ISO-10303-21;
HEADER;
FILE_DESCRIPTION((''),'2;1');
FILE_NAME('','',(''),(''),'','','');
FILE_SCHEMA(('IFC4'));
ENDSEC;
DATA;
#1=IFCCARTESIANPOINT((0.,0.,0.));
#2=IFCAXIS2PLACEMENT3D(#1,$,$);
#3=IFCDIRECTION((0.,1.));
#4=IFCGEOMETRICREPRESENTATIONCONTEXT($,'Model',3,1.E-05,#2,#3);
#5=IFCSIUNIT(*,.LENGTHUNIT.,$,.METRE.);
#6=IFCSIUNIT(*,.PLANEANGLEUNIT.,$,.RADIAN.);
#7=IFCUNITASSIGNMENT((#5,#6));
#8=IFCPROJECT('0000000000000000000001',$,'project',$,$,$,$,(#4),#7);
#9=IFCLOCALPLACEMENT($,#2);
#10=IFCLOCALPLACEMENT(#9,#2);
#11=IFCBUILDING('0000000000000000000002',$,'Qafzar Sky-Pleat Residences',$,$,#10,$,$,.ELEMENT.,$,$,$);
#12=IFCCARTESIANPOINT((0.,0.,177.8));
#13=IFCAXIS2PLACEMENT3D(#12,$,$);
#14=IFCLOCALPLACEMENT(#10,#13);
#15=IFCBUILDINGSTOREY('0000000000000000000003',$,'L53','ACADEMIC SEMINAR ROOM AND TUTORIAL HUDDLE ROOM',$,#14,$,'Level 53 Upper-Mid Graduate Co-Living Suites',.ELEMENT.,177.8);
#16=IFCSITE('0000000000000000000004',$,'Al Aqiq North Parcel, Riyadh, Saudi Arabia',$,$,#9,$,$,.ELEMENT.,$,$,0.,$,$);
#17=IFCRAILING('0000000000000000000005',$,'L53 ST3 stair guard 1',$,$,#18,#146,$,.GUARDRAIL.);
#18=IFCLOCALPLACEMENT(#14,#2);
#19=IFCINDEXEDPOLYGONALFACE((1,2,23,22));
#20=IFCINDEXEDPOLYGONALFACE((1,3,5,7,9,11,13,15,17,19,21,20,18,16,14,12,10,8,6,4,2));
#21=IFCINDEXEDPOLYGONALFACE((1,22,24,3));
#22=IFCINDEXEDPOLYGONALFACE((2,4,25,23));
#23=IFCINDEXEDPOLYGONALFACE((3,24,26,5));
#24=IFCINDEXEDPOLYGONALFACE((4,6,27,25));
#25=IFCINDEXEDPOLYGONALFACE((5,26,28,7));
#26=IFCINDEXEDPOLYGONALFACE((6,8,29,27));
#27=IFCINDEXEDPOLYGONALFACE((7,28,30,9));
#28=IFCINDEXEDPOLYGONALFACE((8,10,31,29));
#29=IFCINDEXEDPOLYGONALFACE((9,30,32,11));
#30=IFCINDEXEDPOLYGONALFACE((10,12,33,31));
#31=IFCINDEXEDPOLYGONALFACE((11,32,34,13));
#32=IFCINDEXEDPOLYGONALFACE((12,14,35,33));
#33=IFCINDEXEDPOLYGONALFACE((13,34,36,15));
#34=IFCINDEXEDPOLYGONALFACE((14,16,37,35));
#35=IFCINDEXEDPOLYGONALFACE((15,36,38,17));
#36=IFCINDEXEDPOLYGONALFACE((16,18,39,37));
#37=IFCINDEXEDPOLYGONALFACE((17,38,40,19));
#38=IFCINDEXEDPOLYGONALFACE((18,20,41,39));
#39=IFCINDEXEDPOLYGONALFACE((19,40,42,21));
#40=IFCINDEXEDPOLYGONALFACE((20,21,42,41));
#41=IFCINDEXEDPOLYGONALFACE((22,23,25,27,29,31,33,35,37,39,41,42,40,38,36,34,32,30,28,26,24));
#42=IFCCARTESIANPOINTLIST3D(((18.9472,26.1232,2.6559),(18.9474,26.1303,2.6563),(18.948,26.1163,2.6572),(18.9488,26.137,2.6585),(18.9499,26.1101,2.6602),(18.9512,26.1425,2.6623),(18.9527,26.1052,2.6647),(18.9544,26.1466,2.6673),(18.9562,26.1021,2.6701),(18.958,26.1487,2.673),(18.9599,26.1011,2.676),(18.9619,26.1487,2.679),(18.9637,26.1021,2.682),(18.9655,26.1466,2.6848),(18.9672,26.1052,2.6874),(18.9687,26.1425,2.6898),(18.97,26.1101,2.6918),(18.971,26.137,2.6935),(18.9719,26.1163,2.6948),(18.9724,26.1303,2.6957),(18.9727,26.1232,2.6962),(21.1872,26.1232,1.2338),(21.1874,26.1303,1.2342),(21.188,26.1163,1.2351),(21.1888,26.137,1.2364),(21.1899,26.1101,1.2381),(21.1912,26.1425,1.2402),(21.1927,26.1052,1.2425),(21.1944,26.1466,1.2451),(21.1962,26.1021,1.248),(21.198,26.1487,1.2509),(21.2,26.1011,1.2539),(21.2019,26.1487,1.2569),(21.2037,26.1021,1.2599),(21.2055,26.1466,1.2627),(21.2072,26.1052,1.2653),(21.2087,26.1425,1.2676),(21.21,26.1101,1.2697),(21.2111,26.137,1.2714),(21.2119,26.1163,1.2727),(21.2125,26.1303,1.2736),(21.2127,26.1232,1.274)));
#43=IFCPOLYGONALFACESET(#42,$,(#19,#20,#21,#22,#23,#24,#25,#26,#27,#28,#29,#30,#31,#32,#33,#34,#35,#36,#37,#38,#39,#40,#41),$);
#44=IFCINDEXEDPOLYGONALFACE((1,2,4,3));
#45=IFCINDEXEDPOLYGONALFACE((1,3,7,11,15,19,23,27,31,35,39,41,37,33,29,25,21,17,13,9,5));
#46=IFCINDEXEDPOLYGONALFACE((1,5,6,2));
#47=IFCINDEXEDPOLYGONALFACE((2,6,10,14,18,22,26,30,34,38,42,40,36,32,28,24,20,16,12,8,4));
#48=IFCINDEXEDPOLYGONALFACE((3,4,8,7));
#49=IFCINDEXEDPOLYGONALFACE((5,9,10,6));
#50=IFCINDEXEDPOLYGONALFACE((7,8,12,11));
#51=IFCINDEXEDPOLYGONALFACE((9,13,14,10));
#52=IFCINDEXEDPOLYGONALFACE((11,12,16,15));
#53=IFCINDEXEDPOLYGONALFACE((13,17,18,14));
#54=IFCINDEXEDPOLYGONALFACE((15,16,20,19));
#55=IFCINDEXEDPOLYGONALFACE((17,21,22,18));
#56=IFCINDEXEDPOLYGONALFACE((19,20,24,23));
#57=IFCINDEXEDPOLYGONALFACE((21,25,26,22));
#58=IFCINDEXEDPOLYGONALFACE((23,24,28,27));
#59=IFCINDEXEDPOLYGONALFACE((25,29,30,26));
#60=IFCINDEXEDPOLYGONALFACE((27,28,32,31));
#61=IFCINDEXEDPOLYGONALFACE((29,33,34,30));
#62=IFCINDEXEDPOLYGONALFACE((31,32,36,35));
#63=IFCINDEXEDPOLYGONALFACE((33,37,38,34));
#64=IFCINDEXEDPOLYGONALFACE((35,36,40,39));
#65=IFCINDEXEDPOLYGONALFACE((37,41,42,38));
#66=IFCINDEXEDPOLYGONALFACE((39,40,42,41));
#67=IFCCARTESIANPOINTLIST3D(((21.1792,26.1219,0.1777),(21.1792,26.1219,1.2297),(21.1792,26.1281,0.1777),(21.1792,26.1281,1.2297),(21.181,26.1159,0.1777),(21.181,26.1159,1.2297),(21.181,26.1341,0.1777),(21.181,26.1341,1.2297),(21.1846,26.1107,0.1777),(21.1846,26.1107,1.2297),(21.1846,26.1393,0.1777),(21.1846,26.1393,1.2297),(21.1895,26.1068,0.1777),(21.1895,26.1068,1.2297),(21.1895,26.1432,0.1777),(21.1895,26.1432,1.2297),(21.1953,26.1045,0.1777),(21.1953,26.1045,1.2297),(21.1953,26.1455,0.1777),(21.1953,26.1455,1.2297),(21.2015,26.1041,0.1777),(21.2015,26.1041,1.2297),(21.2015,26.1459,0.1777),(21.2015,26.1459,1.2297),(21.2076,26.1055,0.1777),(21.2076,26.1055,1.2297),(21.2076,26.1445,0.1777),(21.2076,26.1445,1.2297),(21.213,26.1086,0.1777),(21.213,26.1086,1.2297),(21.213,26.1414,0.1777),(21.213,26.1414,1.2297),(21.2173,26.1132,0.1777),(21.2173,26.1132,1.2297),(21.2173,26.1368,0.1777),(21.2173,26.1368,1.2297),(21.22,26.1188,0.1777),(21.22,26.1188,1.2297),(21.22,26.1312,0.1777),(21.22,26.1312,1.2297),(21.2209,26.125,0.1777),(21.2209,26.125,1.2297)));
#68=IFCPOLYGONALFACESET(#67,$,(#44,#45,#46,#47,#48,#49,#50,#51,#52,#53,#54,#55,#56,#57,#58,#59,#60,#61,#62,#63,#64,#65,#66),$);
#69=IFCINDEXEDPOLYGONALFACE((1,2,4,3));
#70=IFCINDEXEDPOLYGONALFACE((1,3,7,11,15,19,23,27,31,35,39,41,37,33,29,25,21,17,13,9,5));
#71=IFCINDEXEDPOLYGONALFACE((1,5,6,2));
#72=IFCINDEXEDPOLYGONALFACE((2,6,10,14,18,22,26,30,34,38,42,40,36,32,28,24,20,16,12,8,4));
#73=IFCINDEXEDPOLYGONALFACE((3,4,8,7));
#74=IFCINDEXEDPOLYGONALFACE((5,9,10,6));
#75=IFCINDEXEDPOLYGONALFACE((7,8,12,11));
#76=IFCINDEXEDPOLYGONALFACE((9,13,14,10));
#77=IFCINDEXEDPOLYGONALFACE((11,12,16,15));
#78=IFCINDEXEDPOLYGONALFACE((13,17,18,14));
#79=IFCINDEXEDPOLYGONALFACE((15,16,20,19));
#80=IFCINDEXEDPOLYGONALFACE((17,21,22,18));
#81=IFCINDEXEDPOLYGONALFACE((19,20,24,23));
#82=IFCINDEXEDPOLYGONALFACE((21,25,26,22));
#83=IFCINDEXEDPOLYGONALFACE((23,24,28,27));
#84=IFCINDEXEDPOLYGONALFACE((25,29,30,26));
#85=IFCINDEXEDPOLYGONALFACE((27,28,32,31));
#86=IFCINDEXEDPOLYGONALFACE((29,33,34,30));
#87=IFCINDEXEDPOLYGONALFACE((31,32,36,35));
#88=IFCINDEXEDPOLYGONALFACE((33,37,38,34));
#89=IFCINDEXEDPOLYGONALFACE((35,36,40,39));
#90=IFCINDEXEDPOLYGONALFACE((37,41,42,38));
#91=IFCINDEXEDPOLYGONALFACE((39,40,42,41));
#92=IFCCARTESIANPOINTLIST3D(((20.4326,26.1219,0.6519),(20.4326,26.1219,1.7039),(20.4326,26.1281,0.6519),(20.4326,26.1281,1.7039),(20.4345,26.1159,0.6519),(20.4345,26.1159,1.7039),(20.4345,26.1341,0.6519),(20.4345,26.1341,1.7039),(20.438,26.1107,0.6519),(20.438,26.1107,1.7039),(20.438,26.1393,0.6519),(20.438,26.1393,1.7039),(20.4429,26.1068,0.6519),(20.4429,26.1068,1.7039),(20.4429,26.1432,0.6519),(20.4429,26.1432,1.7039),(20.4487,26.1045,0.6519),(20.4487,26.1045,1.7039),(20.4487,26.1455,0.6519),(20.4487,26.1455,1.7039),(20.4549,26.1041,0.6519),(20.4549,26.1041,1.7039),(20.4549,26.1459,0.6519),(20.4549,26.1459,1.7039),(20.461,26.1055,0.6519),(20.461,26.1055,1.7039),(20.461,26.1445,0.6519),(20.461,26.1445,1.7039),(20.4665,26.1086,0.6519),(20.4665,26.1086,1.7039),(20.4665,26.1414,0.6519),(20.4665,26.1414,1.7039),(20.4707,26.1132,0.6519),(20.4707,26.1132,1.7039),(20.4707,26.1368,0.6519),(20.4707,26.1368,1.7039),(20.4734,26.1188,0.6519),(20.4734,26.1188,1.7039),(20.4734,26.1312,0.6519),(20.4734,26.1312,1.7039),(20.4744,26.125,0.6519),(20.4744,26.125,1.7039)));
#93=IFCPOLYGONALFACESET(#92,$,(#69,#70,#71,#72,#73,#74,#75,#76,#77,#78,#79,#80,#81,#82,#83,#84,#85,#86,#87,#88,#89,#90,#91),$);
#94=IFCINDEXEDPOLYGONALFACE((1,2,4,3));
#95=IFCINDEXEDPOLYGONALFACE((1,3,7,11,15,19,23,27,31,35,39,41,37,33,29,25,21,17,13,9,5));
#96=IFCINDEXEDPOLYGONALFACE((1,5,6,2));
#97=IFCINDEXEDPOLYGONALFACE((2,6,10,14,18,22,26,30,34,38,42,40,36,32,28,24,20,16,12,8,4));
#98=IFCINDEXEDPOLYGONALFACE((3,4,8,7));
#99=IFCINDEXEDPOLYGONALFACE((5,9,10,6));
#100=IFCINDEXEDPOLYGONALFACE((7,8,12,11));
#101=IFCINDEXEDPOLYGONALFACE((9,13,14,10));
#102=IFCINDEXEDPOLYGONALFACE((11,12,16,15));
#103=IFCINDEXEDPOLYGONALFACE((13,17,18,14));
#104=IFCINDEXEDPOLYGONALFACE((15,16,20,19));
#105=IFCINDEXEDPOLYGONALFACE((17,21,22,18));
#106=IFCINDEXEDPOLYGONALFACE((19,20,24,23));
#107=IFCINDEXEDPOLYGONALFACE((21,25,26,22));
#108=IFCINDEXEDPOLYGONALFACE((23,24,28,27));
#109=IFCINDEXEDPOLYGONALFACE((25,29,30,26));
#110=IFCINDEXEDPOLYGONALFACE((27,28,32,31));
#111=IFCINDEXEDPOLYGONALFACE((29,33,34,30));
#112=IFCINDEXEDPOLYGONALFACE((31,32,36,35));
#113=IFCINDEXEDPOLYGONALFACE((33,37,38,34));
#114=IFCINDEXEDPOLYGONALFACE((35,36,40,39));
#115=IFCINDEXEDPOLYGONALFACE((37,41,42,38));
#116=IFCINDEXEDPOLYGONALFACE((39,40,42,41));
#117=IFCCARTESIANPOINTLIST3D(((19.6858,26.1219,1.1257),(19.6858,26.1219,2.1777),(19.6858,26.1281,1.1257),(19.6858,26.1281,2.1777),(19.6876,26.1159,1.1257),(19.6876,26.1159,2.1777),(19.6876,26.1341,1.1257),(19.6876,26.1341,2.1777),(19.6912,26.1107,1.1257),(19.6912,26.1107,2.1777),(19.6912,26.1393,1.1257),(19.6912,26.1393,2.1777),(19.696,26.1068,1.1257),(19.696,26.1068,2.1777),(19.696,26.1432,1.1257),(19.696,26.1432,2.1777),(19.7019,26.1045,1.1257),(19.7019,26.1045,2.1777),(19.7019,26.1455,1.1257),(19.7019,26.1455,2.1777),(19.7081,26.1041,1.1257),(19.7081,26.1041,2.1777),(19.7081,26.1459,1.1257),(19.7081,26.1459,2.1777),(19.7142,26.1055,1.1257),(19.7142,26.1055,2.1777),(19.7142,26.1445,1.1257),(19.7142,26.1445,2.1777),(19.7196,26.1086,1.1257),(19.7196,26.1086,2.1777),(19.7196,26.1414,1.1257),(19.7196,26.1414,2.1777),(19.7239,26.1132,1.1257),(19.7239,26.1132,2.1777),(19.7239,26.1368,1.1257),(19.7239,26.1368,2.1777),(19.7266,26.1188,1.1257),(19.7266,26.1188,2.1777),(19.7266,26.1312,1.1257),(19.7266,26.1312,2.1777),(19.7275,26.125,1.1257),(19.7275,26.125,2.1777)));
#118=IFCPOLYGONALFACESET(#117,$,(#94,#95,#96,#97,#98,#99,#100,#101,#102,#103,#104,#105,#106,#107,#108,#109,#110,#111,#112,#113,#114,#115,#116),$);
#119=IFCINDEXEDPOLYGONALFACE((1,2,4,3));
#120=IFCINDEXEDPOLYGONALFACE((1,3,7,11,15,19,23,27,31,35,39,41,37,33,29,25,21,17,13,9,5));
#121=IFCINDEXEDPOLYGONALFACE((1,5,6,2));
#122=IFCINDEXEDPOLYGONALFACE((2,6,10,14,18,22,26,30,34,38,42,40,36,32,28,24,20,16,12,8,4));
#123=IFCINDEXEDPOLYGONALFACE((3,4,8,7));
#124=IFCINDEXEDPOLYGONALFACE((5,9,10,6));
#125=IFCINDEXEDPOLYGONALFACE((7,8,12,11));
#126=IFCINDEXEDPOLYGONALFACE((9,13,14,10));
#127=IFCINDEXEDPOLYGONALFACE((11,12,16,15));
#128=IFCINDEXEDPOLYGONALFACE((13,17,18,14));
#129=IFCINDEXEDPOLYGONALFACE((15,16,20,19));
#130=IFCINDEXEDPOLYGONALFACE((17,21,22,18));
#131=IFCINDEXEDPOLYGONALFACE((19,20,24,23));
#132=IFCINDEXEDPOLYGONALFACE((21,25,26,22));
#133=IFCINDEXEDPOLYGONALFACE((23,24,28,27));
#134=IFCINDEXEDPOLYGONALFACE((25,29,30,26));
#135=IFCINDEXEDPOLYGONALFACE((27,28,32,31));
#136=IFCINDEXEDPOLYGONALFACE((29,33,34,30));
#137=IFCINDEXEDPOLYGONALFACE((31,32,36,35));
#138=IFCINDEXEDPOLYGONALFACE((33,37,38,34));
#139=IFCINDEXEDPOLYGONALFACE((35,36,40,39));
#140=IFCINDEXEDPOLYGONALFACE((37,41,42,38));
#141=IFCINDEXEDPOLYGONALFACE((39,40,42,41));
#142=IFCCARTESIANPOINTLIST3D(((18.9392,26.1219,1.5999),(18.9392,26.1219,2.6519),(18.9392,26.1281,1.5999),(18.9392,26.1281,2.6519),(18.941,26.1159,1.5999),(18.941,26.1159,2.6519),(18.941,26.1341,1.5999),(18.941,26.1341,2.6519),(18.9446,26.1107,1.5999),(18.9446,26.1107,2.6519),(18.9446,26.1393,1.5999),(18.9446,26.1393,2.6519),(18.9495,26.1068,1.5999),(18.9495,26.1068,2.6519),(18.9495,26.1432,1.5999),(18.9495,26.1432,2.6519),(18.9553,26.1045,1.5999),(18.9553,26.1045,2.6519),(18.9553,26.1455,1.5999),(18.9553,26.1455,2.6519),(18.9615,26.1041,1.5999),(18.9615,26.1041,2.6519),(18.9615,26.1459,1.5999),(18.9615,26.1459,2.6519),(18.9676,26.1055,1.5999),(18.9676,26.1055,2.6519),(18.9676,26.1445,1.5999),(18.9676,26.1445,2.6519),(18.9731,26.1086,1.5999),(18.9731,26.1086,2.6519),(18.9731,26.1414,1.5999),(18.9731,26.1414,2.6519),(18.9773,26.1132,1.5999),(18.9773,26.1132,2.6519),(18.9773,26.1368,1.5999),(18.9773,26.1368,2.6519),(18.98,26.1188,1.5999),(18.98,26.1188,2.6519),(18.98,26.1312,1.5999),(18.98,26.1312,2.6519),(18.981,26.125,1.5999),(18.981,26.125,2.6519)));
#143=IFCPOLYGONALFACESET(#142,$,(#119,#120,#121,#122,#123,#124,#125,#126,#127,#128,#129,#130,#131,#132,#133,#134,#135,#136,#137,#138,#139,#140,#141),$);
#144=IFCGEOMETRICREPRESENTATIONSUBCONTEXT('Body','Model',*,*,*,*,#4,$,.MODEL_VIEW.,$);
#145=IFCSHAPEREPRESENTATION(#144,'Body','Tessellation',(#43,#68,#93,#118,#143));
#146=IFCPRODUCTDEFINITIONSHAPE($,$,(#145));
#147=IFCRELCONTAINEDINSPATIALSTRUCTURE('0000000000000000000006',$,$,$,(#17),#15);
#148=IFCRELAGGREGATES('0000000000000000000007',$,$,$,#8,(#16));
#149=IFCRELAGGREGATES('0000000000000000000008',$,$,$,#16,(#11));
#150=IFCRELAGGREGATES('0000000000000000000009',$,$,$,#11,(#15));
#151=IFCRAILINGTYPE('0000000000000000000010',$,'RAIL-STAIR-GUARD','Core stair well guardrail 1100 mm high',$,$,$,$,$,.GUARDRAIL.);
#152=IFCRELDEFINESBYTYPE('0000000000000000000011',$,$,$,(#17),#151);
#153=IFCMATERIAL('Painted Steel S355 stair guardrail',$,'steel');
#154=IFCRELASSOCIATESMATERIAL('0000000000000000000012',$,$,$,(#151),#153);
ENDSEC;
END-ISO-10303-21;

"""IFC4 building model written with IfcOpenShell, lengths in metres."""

from ifc_helpers import new_model, si_unit, direction, frame, origin, origin_2d, place, context, subcontext, project, spatial, circle, extrude, source, transform, mapped, material, type_object, element, save


model = new_model("IFC4")

# Units and contexts
model_context = context("Model", 3, precision=1e-05, world=origin(), true_north=direction((0.0, 1.0)))
body_context = subcontext(model_context, "Body", "Model", "MODEL_VIEW")
ifc_project = project(units=[si_unit("LENGTHUNIT", "METRE"), si_unit("PLANEANGLEUNIT", "RADIAN")], contexts=[model_context])

# Site, building, storey
site_placement = place(None, origin())
site = spatial("IfcSite", under=ifc_project, at=site_placement, Name="Al Aqiq North Parcel, Riyadh, Saudi Arabia", CompositionType="ELEMENT", RefElevation=0.0)
building_placement = place(site_placement, origin())
building = spatial("IfcBuilding", under=site, at=building_placement, Name="Qafzar Sky-Pleat Residences", CompositionType="ELEMENT")
storey_placement = place(building_placement, frame((0.0, 0.0, 177.8)))
storey = spatial("IfcBuildingStorey", under=building, at=storey_placement, Name="L53", Description="ACADEMIC SEMINAR ROOM AND TUTORIAL HUDDLE ROOM", LongName="Level 53 Upper-Mid Graduate Co-Living Suites", CompositionType="ELEMENT", Elevation=177.8)

# Railing
ifc_material_1 = material(Name="Painted Steel S355 stair guardrail", Category="steel")
railing_type_1 = type_object("IfcRailingType", Name="RAIL-STAIR-GUARD", Description="Core stair well guardrail 1100 mm high", PredefinedType="GUARDRAIL", material=ifc_material_1)
shared_shape_1 = source(origin(), body_context, "Body", "SweptSolid", [
    extrude(circle(Radius=0.0239, at=origin_2d()), frame((0.0, 0.0, 1.0762), z_axis=(-0.844229, 0.0, 0.535982), x_axis=(0.0, -1.0, 0.0)), (0.0, 0.0, 1.0), 2.6533),
    extrude(circle(Radius=0.021, at=origin_2d()), origin(), (0.0, 0.0, 1.0), 1.052),
    extrude(circle(Radius=0.021, at=origin_2d()), frame((-0.7466, 0.0, 0.4741)), (0.0, 0.0, 1.0), 1.052),
    extrude(circle(Radius=0.021, at=origin_2d()), frame((-1.4934, 0.0, 0.948)), (0.0, 0.0, 1.0), 1.052),
    extrude(circle(Radius=0.021, at=origin_2d()), frame((-2.24, 0.0, 1.4221)), (0.0, 0.0, 1.0), 1.052),
])
railing_1_placement = place(storey_placement, frame((21.2, 26.125, 0.1777)))
element("IfcRailing", 1, at=railing_1_placement, inside=storey, type_object=railing_type_1, Name="L53 ST3 stair guard 1", PredefinedType="GUARDRAIL", context=body_context, shape_type="MappedRepresentation", body=[
    mapped(shared_shape_1, transform((0.0, 0.0, 0.0), x_axis=(1.0, 0.0, 0.0), y_axis=(0.0, 1.0, 0.0), z_axis=(0.0, 0.0, 1.0), scale=1.0)),
])

save(model, "model.ifc")
